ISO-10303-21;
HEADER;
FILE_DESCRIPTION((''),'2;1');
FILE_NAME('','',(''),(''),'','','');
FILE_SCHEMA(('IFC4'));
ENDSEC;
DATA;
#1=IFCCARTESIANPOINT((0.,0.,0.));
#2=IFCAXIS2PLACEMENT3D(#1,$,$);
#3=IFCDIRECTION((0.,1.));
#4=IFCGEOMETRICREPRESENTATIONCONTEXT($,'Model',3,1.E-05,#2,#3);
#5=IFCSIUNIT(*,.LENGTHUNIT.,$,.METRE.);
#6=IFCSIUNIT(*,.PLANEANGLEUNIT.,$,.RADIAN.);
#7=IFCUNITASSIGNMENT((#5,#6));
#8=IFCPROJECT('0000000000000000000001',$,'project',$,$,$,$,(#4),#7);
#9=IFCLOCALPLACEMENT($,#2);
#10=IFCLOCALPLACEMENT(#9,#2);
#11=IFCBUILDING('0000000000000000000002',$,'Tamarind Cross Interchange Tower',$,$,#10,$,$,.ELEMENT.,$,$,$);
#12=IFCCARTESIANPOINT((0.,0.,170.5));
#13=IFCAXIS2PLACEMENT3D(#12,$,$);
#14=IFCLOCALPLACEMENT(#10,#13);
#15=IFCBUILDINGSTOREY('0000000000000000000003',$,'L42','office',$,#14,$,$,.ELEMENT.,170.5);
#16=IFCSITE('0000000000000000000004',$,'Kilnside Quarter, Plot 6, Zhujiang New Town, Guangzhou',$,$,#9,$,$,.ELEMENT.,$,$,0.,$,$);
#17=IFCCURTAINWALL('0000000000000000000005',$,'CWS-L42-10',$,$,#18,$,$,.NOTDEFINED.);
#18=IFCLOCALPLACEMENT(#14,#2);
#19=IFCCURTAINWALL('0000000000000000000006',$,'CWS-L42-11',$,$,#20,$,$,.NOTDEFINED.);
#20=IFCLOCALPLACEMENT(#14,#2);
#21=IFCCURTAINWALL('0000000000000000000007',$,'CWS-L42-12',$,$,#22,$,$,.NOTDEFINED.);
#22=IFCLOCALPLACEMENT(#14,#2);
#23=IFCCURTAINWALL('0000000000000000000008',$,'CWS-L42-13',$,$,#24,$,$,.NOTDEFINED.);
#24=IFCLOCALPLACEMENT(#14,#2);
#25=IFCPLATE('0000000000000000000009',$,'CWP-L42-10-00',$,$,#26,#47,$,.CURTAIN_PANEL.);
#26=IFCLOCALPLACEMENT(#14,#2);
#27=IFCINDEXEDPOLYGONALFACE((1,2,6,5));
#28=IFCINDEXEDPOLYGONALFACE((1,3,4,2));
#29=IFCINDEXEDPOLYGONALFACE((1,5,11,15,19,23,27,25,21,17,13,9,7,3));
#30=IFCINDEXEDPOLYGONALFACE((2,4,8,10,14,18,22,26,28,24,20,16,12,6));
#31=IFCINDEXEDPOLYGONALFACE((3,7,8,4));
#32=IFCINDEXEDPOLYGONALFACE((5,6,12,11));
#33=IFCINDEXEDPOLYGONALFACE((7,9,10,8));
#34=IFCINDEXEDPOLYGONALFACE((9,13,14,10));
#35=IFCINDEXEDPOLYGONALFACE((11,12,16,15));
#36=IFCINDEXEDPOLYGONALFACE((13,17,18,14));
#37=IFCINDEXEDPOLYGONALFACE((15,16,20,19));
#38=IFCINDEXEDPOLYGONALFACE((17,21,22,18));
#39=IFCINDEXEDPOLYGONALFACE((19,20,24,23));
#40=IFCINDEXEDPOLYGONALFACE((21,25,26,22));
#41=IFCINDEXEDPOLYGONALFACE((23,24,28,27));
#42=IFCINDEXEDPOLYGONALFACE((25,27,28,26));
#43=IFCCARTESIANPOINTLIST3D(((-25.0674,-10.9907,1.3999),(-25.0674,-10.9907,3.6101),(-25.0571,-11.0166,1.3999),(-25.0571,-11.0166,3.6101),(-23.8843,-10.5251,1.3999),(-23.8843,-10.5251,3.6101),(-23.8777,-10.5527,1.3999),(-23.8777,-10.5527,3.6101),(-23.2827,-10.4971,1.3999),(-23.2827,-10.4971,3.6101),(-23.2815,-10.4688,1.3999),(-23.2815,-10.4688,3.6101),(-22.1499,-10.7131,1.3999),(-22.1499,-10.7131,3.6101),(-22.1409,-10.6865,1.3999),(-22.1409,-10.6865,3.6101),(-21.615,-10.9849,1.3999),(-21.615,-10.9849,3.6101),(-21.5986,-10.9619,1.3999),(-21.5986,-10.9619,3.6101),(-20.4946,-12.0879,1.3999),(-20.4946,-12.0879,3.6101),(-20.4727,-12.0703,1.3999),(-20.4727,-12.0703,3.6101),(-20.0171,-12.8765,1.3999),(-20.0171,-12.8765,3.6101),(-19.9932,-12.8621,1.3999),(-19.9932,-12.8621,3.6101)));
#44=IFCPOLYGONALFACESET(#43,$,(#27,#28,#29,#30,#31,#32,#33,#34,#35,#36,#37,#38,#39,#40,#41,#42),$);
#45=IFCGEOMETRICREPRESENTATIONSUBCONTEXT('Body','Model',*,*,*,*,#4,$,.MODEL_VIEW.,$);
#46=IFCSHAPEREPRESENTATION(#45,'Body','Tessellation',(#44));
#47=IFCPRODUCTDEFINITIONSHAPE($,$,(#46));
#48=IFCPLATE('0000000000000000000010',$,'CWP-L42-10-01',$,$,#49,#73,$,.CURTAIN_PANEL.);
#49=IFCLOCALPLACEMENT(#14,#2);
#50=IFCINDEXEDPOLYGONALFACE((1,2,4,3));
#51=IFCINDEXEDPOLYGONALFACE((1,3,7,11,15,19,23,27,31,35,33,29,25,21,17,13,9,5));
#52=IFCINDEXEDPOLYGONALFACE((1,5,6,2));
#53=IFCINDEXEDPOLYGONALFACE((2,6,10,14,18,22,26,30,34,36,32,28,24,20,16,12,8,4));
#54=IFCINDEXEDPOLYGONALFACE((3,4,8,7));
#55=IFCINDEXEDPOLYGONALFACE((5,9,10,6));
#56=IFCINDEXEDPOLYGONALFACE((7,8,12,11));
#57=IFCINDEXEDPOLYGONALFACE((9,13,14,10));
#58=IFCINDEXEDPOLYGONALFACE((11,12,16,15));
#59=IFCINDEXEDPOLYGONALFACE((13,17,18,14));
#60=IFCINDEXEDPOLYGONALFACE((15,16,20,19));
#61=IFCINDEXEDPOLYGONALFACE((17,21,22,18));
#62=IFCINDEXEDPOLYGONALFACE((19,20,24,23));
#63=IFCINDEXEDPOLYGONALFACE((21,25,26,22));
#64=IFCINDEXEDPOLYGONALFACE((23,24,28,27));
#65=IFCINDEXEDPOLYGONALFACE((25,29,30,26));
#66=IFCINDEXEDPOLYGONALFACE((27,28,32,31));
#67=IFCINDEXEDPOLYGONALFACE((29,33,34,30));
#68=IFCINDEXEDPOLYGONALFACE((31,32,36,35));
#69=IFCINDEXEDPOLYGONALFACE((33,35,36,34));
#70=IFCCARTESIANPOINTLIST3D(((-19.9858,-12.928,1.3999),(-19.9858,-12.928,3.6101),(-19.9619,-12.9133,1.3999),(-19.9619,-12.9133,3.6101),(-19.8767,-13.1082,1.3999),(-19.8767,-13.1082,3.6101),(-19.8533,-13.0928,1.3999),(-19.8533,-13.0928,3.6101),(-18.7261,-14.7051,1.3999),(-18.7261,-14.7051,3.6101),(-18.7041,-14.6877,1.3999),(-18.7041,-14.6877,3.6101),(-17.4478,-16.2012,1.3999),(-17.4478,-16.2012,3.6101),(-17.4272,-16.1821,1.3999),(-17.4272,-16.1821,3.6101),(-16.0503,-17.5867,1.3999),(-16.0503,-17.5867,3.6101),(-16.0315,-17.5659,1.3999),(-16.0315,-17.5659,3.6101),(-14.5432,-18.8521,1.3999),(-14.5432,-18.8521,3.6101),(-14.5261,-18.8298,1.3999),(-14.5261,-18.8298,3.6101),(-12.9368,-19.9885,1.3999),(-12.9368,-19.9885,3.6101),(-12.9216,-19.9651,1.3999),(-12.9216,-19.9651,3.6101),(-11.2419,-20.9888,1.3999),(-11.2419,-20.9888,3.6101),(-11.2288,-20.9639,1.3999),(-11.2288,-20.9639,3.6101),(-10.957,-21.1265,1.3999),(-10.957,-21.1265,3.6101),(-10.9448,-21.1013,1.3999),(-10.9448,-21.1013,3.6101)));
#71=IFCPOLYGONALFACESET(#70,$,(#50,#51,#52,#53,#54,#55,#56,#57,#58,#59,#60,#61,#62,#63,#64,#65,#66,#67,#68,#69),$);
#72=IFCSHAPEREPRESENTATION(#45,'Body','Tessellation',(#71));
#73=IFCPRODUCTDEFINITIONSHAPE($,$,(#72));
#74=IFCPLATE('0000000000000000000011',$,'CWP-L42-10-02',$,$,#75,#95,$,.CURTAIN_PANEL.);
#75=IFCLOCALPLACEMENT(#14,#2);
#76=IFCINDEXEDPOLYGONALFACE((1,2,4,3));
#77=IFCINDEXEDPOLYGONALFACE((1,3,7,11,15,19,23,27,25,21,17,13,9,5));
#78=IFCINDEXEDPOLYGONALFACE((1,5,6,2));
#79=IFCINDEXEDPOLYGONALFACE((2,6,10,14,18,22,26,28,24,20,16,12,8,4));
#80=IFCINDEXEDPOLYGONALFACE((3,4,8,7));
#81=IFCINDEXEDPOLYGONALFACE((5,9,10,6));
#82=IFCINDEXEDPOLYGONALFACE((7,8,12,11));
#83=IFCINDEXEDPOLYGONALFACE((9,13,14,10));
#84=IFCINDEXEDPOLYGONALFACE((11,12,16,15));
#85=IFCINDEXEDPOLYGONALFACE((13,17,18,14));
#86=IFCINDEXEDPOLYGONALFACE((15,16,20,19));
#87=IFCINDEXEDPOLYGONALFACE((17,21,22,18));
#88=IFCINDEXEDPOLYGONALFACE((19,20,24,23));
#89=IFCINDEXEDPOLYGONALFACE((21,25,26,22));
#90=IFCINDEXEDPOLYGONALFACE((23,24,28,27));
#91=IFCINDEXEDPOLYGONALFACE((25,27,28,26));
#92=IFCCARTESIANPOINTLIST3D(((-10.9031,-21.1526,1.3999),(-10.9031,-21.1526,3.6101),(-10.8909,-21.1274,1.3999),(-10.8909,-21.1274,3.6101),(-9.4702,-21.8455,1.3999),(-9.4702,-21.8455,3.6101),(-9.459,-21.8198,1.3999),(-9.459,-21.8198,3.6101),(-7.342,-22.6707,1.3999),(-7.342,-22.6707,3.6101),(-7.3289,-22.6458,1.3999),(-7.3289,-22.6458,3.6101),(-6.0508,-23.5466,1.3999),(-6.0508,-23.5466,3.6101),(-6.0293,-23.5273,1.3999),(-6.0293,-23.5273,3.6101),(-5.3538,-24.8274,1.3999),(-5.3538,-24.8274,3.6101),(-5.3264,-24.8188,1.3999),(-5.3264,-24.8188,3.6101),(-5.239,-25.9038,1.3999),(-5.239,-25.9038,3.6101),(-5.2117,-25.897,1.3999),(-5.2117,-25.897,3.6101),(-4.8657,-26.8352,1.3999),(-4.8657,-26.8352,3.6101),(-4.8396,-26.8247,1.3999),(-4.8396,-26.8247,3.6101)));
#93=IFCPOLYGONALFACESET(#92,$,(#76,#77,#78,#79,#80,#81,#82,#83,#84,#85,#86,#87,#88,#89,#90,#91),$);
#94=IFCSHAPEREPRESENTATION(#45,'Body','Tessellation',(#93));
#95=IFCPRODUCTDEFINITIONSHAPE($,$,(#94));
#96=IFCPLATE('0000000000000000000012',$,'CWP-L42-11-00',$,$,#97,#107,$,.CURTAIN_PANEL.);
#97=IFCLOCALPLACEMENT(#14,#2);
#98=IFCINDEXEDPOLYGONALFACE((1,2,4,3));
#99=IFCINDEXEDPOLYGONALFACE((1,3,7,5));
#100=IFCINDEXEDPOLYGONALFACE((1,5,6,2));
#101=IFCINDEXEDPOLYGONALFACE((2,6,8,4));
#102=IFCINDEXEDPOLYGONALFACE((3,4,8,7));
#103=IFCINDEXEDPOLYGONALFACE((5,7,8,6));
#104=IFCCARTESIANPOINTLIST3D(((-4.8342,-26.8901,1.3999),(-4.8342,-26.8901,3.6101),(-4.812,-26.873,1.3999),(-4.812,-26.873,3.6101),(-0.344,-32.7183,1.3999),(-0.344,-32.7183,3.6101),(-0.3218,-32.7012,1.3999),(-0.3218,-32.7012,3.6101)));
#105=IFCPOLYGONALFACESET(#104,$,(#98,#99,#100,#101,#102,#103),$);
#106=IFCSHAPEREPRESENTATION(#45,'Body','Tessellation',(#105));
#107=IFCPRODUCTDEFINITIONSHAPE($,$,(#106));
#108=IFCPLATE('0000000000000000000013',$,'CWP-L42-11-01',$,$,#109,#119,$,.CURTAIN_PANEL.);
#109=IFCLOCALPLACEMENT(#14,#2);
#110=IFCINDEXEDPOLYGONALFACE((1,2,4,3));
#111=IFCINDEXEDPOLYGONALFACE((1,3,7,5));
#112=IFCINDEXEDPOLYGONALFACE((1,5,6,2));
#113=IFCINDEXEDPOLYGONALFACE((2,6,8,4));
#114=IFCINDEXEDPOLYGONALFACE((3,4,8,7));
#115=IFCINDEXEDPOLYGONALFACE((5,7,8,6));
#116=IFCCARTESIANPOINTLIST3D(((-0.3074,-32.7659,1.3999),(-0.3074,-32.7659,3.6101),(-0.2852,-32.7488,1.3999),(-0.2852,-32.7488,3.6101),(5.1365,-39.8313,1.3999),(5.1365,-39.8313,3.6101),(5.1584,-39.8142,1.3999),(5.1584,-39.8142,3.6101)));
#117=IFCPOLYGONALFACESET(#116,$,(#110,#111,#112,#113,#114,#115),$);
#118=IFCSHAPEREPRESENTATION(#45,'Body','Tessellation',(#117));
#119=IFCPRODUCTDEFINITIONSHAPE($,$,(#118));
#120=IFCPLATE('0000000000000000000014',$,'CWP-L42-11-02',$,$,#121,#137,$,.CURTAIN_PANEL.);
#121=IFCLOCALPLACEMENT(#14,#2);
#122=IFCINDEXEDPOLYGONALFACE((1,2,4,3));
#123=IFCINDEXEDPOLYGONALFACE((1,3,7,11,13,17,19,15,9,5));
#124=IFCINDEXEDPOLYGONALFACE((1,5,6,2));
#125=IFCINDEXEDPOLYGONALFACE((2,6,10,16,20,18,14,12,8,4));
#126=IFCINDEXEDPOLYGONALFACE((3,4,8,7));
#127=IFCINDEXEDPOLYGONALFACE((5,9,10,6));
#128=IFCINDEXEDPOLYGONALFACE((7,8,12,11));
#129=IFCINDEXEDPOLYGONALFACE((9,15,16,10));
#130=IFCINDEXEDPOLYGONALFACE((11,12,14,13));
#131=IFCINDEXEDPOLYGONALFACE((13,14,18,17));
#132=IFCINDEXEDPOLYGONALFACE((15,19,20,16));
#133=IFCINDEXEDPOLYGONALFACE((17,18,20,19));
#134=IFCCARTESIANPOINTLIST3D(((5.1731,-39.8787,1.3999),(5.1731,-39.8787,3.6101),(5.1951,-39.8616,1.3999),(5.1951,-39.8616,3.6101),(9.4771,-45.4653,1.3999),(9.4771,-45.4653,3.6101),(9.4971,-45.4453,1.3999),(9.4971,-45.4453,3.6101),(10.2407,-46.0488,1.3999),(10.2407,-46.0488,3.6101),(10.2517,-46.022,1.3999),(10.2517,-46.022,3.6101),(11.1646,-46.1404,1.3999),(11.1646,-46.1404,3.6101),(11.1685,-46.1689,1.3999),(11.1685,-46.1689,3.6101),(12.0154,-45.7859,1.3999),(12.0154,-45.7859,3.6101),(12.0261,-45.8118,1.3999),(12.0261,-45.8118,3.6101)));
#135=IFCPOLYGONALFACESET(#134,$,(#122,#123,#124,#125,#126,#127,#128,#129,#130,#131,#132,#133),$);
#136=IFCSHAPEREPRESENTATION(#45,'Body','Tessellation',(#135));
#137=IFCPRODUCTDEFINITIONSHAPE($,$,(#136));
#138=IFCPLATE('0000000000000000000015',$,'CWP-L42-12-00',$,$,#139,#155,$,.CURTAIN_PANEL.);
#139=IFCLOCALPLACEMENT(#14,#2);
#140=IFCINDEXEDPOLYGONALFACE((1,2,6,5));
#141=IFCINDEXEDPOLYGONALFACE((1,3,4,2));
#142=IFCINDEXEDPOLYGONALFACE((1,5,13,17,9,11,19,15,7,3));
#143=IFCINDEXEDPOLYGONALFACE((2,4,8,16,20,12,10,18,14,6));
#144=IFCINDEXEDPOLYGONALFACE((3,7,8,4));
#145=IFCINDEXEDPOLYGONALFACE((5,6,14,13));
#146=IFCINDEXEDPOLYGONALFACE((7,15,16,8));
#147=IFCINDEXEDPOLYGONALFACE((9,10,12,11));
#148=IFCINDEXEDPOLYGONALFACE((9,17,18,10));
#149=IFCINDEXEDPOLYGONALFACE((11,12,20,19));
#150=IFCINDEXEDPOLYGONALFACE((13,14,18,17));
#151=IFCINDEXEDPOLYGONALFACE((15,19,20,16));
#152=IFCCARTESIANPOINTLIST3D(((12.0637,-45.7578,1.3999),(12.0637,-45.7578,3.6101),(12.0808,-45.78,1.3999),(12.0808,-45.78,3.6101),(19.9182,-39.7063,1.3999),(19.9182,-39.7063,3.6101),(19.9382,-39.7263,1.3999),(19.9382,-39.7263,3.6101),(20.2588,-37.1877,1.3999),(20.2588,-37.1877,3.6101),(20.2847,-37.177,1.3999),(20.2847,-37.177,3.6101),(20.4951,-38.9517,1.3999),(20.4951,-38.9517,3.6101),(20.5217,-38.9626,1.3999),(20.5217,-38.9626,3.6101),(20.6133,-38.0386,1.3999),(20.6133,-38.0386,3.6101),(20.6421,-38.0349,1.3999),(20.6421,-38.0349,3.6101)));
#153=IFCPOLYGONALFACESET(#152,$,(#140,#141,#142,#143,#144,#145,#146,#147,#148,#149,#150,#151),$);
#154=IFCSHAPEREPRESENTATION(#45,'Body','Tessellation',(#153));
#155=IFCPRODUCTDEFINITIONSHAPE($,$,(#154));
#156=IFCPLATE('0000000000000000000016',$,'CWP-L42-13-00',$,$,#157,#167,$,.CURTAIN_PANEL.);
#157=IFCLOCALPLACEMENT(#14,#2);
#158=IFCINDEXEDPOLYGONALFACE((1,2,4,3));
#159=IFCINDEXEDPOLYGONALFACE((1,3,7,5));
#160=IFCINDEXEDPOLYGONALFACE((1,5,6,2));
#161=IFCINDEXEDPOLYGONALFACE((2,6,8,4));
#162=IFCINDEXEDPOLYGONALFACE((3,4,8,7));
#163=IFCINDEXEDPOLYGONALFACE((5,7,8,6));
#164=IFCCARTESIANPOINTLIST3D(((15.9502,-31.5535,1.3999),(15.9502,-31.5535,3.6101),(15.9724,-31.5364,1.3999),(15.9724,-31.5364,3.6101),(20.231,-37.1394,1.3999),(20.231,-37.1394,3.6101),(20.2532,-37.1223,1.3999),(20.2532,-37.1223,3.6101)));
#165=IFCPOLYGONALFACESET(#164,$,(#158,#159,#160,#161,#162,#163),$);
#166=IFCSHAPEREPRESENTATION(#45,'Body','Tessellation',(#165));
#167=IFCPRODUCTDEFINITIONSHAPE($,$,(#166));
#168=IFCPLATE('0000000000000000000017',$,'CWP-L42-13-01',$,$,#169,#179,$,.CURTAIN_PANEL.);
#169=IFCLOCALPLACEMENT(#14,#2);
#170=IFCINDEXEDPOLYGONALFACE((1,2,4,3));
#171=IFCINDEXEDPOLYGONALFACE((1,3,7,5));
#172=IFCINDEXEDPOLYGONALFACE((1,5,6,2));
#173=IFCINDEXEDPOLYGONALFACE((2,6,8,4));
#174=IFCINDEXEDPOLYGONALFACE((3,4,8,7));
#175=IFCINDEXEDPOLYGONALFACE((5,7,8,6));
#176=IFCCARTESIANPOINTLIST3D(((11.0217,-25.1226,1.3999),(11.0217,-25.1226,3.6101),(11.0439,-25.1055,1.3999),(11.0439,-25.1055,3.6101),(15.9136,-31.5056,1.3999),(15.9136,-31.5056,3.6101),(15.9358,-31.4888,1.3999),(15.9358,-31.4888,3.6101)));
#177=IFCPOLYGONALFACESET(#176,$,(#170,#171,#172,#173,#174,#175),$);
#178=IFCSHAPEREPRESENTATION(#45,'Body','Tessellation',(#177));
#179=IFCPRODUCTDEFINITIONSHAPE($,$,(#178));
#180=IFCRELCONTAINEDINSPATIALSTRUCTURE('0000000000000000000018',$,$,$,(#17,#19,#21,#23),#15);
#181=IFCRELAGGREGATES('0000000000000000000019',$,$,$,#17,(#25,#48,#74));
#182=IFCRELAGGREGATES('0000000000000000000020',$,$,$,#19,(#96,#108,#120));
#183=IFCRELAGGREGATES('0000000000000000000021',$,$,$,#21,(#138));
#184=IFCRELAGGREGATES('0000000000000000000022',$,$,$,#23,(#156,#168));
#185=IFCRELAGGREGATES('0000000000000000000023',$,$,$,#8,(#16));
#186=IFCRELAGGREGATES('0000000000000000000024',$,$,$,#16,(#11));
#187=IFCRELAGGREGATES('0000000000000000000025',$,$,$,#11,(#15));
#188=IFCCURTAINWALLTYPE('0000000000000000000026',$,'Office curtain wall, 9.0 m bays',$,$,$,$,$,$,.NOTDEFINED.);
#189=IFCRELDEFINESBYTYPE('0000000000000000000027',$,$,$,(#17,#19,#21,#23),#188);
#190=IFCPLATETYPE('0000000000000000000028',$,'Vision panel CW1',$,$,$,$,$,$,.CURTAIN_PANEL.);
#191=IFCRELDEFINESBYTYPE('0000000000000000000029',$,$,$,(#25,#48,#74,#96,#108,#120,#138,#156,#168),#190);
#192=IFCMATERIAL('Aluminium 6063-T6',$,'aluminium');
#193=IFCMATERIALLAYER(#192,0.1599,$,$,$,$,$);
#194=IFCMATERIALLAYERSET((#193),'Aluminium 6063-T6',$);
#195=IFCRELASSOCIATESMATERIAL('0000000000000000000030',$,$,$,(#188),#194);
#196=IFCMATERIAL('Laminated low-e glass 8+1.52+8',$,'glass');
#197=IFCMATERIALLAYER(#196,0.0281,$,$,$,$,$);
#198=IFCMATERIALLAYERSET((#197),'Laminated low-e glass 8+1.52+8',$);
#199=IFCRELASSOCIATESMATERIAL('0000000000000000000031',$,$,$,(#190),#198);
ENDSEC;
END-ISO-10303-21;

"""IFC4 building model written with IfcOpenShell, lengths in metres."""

from ifc_helpers import new_model, si_unit, direction, frame, origin, place, context, subcontext, project, spatial, polyline, outline, extrude, material, layer, layer_set, type_object, element, aggregate, save


model = new_model("IFC4")

# Units and contexts
model_context = context("Model", 3, precision=1e-05, world=origin(), true_north=direction((0.0, 1.0)))
body_context = subcontext(model_context, "Body", "Model", "MODEL_VIEW")
ifc_project = project(units=[si_unit("LENGTHUNIT", "METRE"), si_unit("PLANEANGLEUNIT", "RADIAN")], contexts=[model_context])

# Site, building, storey
site_placement = place(None, origin())
site = spatial("IfcSite", under=ifc_project, at=site_placement, Name="Kilnside Quarter, Plot 6, Zhujiang New Town, Guangzhou", CompositionType="ELEMENT", RefElevation=0.0)
building_placement = place(site_placement, origin())
building = spatial("IfcBuilding", under=site, at=building_placement, Name="Tamarind Cross Interchange Tower", CompositionType="ELEMENT")
storey_placement = place(building_placement, frame((0.0, 0.0, 170.5)))
storey = spatial("IfcBuildingStorey", under=building, at=storey_placement, Name="L42", Description="office", CompositionType="ELEMENT", Elevation=170.5)

# Curtain walls
ifc_material_1 = material(Name="Aluminium 6063-T6", Category="aluminium")
ifc_layer_1 = layer(ifc_material_1, 0.1599)
ifc_layer_set_1 = layer_set([ifc_layer_1], Name="Aluminium 6063-T6")
curtain_wall_type = type_object("IfcCurtainWallType", Name="Office curtain wall, 9.0 m bays", PredefinedType="NOTDEFINED", material=ifc_layer_set_1)
curtain_wall_1_placement = place(storey_placement, origin())
curtain_wall_1 = element("IfcCurtainWall", 1, at=curtain_wall_1_placement, inside=storey, type_object=curtain_wall_type, Name="CWS-L42-10", PredefinedType="NOTDEFINED")
curtain_wall_2_placement = place(storey_placement, origin())
curtain_wall_2 = element("IfcCurtainWall", 2, at=curtain_wall_2_placement, inside=storey, type_object=curtain_wall_type, Name="CWS-L42-11", PredefinedType="NOTDEFINED")
curtain_wall_3_placement = place(storey_placement, origin())
curtain_wall_3 = element("IfcCurtainWall", 3, at=curtain_wall_3_placement, inside=storey, type_object=curtain_wall_type, Name="CWS-L42-12", PredefinedType="NOTDEFINED")
curtain_wall_4_placement = place(storey_placement, origin())
curtain_wall_4 = element("IfcCurtainWall", 4, at=curtain_wall_4_placement, inside=storey, type_object=curtain_wall_type, Name="CWS-L42-13", PredefinedType="NOTDEFINED")

# Plates
ifc_material_2 = material(Name="Laminated low-e glass 8+1.52+8", Category="glass")
ifc_layer_2 = layer(ifc_material_2, 0.0281)
ifc_layer_set_2 = layer_set([ifc_layer_2], Name="Laminated low-e glass 8+1.52+8")
plate_type = type_object("IfcPlateType", Name="Vision panel CW1", PredefinedType="CURTAIN_PANEL", material=ifc_layer_set_2)
plate_1_placement = place(storey_placement, frame((0.0, 0.0, 1.3999)))
plate_1 = element("IfcPlate", 5, at=plate_1_placement, type_object=plate_type, Name="CWP-L42-10-00", PredefinedType="CURTAIN_PANEL", context=body_context, shape_type="SweptSolid", body=[
    extrude(outline(polyline([(-25.0674, -10.9907), (-23.8843, -10.5251), (-23.2815, -10.4688), (-22.1409, -10.6865), (-21.5986, -10.9619), (-20.4727, -12.0703), (-19.9932, -12.8621), (-20.0171, -12.8765), (-20.4946, -12.0879), (-21.615, -10.9849), (-22.1499, -10.7131), (-23.2827, -10.4971), (-23.8777, -10.5527), (-25.0571, -11.0166), (-25.0674, -10.9907)])), origin(), (0.0, 0.0, 1.0), 2.2102),
])
plate_2_placement = place(storey_placement, frame((0.0, 0.0, 1.3999)))
plate_2 = element("IfcPlate", 6, at=plate_2_placement, type_object=plate_type, Name="CWP-L42-10-01", PredefinedType="CURTAIN_PANEL", context=body_context, shape_type="SweptSolid", body=[
    extrude(outline(polyline([(-19.9619, -12.9133), (-19.8533, -13.0928), (-18.7041, -14.6877), (-17.4272, -16.1821), (-16.0315, -17.5659), (-14.5261, -18.8298), (-12.9216, -19.9651), (-11.2288, -20.9639), (-10.9448, -21.1013), (-10.957, -21.1265), (-11.2419, -20.9888), (-12.9368, -19.9885), (-14.5432, -18.8521), (-16.0503, -17.5867), (-17.4478, -16.2012), (-18.7261, -14.7051), (-19.8767, -13.1082), (-19.9858, -12.928), (-19.9619, -12.9133)])), origin(), (0.0, 0.0, 1.0), 2.2102),
])
plate_3_placement = place(storey_placement, frame((0.0, 0.0, 1.3999)))
plate_3 = element("IfcPlate", 7, at=plate_3_placement, type_object=plate_type, Name="CWP-L42-10-02", PredefinedType="CURTAIN_PANEL", context=body_context, shape_type="SweptSolid", body=[
    extrude(outline(polyline([(-10.8909, -21.1274), (-9.459, -21.8198), (-7.3289, -22.6458), (-6.0293, -23.5273), (-5.3264, -24.8188), (-5.2117, -25.897), (-4.8396, -26.8247), (-4.8657, -26.8352), (-5.239, -25.9038), (-5.3538, -24.8274), (-6.0508, -23.5466), (-7.342, -22.6707), (-9.4702, -21.8455), (-10.9031, -21.1526), (-10.8909, -21.1274)])), origin(), (0.0, 0.0, 1.0), 2.2102),
])
aggregate(curtain_wall_1, [plate_1, plate_2, plate_3])
plate_4_placement = place(storey_placement, frame((0.0, 0.0, 1.3999)))
plate_4 = element("IfcPlate", 8, at=plate_4_placement, type_object=plate_type, Name="CWP-L42-11-00", PredefinedType="CURTAIN_PANEL", context=body_context, shape_type="SweptSolid", body=[
    extrude(outline(polyline([(-4.812, -26.873), (-0.3218, -32.7012), (-0.344, -32.7183), (-4.8342, -26.8901), (-4.812, -26.873)])), origin(), (0.0, 0.0, 1.0), 2.2102),
])
plate_5_placement = place(storey_placement, frame((0.0, 0.0, 1.3999)))
plate_5 = element("IfcPlate", 9, at=plate_5_placement, type_object=plate_type, Name="CWP-L42-11-01", PredefinedType="CURTAIN_PANEL", context=body_context, shape_type="SweptSolid", body=[
    extrude(outline(polyline([(-0.2852, -32.7488), (5.1584, -39.8142), (5.1365, -39.8313), (-0.3074, -32.7659), (-0.2852, -32.7488)])), origin(), (0.0, 0.0, 1.0), 2.2102),
])
plate_6_placement = place(storey_placement, frame((0.0, 0.0, 1.3999)))
plate_6 = element("IfcPlate", 10, at=plate_6_placement, type_object=plate_type, Name="CWP-L42-11-02", PredefinedType="CURTAIN_PANEL", context=body_context, shape_type="SweptSolid", body=[
    extrude(outline(polyline([(5.1951, -39.8616), (9.4971, -45.4453), (10.2517, -46.022), (11.1646, -46.1404), (12.0154, -45.7859), (12.0261, -45.8118), (11.1685, -46.1689), (10.2407, -46.0488), (9.4771, -45.4653), (5.1731, -39.8787), (5.1951, -39.8616)])), origin(), (0.0, 0.0, 1.0), 2.2102),
])
aggregate(curtain_wall_2, [plate_4, plate_5, plate_6])
plate_7_placement = place(storey_placement, frame((0.0, 0.0, 1.3999)))
plate_7 = element("IfcPlate", 11, at=plate_7_placement, type_object=plate_type, Name="CWP-L42-12-00", PredefinedType="CURTAIN_PANEL", context=body_context, shape_type="SweptSolid", body=[
    extrude(outline(polyline([(12.0637, -45.7578), (19.9182, -39.7063), (20.4951, -38.9517), (20.6133, -38.0386), (20.2588, -37.1877), (20.2847, -37.177), (20.6421, -38.0349), (20.5217, -38.9626), (19.9382, -39.7263), (12.0808, -45.78), (12.0637, -45.7578)])), origin(), (0.0, 0.0, 1.0), 2.2102),
])
aggregate(curtain_wall_3, [plate_7])
plate_8_placement = place(storey_placement, frame((0.0, 0.0, 1.3999)))
plate_8 = element("IfcPlate", 12, at=plate_8_placement, type_object=plate_type, Name="CWP-L42-13-00", PredefinedType="CURTAIN_PANEL", context=body_context, shape_type="SweptSolid", body=[
    extrude(outline(polyline([(20.231, -37.1394), (15.9502, -31.5535), (15.9724, -31.5364), (20.2532, -37.1223), (20.231, -37.1394)])), origin(), (0.0, 0.0, 1.0), 2.2102),
])
plate_9_placement = place(storey_placement, frame((0.0, 0.0, 1.3999)))
plate_9 = element("IfcPlate", 13, at=plate_9_placement, type_object=plate_type, Name="CWP-L42-13-01", PredefinedType="CURTAIN_PANEL", context=body_context, shape_type="SweptSolid", body=[
    extrude(outline(polyline([(15.9136, -31.5056), (11.0217, -25.1226), (11.0439, -25.1055), (15.9358, -31.4888), (15.9136, -31.5056)])), origin(), (0.0, 0.0, 1.0), 2.2102),
])
aggregate(curtain_wall_4, [plate_8, plate_9])

save(model, "model.ifc")
